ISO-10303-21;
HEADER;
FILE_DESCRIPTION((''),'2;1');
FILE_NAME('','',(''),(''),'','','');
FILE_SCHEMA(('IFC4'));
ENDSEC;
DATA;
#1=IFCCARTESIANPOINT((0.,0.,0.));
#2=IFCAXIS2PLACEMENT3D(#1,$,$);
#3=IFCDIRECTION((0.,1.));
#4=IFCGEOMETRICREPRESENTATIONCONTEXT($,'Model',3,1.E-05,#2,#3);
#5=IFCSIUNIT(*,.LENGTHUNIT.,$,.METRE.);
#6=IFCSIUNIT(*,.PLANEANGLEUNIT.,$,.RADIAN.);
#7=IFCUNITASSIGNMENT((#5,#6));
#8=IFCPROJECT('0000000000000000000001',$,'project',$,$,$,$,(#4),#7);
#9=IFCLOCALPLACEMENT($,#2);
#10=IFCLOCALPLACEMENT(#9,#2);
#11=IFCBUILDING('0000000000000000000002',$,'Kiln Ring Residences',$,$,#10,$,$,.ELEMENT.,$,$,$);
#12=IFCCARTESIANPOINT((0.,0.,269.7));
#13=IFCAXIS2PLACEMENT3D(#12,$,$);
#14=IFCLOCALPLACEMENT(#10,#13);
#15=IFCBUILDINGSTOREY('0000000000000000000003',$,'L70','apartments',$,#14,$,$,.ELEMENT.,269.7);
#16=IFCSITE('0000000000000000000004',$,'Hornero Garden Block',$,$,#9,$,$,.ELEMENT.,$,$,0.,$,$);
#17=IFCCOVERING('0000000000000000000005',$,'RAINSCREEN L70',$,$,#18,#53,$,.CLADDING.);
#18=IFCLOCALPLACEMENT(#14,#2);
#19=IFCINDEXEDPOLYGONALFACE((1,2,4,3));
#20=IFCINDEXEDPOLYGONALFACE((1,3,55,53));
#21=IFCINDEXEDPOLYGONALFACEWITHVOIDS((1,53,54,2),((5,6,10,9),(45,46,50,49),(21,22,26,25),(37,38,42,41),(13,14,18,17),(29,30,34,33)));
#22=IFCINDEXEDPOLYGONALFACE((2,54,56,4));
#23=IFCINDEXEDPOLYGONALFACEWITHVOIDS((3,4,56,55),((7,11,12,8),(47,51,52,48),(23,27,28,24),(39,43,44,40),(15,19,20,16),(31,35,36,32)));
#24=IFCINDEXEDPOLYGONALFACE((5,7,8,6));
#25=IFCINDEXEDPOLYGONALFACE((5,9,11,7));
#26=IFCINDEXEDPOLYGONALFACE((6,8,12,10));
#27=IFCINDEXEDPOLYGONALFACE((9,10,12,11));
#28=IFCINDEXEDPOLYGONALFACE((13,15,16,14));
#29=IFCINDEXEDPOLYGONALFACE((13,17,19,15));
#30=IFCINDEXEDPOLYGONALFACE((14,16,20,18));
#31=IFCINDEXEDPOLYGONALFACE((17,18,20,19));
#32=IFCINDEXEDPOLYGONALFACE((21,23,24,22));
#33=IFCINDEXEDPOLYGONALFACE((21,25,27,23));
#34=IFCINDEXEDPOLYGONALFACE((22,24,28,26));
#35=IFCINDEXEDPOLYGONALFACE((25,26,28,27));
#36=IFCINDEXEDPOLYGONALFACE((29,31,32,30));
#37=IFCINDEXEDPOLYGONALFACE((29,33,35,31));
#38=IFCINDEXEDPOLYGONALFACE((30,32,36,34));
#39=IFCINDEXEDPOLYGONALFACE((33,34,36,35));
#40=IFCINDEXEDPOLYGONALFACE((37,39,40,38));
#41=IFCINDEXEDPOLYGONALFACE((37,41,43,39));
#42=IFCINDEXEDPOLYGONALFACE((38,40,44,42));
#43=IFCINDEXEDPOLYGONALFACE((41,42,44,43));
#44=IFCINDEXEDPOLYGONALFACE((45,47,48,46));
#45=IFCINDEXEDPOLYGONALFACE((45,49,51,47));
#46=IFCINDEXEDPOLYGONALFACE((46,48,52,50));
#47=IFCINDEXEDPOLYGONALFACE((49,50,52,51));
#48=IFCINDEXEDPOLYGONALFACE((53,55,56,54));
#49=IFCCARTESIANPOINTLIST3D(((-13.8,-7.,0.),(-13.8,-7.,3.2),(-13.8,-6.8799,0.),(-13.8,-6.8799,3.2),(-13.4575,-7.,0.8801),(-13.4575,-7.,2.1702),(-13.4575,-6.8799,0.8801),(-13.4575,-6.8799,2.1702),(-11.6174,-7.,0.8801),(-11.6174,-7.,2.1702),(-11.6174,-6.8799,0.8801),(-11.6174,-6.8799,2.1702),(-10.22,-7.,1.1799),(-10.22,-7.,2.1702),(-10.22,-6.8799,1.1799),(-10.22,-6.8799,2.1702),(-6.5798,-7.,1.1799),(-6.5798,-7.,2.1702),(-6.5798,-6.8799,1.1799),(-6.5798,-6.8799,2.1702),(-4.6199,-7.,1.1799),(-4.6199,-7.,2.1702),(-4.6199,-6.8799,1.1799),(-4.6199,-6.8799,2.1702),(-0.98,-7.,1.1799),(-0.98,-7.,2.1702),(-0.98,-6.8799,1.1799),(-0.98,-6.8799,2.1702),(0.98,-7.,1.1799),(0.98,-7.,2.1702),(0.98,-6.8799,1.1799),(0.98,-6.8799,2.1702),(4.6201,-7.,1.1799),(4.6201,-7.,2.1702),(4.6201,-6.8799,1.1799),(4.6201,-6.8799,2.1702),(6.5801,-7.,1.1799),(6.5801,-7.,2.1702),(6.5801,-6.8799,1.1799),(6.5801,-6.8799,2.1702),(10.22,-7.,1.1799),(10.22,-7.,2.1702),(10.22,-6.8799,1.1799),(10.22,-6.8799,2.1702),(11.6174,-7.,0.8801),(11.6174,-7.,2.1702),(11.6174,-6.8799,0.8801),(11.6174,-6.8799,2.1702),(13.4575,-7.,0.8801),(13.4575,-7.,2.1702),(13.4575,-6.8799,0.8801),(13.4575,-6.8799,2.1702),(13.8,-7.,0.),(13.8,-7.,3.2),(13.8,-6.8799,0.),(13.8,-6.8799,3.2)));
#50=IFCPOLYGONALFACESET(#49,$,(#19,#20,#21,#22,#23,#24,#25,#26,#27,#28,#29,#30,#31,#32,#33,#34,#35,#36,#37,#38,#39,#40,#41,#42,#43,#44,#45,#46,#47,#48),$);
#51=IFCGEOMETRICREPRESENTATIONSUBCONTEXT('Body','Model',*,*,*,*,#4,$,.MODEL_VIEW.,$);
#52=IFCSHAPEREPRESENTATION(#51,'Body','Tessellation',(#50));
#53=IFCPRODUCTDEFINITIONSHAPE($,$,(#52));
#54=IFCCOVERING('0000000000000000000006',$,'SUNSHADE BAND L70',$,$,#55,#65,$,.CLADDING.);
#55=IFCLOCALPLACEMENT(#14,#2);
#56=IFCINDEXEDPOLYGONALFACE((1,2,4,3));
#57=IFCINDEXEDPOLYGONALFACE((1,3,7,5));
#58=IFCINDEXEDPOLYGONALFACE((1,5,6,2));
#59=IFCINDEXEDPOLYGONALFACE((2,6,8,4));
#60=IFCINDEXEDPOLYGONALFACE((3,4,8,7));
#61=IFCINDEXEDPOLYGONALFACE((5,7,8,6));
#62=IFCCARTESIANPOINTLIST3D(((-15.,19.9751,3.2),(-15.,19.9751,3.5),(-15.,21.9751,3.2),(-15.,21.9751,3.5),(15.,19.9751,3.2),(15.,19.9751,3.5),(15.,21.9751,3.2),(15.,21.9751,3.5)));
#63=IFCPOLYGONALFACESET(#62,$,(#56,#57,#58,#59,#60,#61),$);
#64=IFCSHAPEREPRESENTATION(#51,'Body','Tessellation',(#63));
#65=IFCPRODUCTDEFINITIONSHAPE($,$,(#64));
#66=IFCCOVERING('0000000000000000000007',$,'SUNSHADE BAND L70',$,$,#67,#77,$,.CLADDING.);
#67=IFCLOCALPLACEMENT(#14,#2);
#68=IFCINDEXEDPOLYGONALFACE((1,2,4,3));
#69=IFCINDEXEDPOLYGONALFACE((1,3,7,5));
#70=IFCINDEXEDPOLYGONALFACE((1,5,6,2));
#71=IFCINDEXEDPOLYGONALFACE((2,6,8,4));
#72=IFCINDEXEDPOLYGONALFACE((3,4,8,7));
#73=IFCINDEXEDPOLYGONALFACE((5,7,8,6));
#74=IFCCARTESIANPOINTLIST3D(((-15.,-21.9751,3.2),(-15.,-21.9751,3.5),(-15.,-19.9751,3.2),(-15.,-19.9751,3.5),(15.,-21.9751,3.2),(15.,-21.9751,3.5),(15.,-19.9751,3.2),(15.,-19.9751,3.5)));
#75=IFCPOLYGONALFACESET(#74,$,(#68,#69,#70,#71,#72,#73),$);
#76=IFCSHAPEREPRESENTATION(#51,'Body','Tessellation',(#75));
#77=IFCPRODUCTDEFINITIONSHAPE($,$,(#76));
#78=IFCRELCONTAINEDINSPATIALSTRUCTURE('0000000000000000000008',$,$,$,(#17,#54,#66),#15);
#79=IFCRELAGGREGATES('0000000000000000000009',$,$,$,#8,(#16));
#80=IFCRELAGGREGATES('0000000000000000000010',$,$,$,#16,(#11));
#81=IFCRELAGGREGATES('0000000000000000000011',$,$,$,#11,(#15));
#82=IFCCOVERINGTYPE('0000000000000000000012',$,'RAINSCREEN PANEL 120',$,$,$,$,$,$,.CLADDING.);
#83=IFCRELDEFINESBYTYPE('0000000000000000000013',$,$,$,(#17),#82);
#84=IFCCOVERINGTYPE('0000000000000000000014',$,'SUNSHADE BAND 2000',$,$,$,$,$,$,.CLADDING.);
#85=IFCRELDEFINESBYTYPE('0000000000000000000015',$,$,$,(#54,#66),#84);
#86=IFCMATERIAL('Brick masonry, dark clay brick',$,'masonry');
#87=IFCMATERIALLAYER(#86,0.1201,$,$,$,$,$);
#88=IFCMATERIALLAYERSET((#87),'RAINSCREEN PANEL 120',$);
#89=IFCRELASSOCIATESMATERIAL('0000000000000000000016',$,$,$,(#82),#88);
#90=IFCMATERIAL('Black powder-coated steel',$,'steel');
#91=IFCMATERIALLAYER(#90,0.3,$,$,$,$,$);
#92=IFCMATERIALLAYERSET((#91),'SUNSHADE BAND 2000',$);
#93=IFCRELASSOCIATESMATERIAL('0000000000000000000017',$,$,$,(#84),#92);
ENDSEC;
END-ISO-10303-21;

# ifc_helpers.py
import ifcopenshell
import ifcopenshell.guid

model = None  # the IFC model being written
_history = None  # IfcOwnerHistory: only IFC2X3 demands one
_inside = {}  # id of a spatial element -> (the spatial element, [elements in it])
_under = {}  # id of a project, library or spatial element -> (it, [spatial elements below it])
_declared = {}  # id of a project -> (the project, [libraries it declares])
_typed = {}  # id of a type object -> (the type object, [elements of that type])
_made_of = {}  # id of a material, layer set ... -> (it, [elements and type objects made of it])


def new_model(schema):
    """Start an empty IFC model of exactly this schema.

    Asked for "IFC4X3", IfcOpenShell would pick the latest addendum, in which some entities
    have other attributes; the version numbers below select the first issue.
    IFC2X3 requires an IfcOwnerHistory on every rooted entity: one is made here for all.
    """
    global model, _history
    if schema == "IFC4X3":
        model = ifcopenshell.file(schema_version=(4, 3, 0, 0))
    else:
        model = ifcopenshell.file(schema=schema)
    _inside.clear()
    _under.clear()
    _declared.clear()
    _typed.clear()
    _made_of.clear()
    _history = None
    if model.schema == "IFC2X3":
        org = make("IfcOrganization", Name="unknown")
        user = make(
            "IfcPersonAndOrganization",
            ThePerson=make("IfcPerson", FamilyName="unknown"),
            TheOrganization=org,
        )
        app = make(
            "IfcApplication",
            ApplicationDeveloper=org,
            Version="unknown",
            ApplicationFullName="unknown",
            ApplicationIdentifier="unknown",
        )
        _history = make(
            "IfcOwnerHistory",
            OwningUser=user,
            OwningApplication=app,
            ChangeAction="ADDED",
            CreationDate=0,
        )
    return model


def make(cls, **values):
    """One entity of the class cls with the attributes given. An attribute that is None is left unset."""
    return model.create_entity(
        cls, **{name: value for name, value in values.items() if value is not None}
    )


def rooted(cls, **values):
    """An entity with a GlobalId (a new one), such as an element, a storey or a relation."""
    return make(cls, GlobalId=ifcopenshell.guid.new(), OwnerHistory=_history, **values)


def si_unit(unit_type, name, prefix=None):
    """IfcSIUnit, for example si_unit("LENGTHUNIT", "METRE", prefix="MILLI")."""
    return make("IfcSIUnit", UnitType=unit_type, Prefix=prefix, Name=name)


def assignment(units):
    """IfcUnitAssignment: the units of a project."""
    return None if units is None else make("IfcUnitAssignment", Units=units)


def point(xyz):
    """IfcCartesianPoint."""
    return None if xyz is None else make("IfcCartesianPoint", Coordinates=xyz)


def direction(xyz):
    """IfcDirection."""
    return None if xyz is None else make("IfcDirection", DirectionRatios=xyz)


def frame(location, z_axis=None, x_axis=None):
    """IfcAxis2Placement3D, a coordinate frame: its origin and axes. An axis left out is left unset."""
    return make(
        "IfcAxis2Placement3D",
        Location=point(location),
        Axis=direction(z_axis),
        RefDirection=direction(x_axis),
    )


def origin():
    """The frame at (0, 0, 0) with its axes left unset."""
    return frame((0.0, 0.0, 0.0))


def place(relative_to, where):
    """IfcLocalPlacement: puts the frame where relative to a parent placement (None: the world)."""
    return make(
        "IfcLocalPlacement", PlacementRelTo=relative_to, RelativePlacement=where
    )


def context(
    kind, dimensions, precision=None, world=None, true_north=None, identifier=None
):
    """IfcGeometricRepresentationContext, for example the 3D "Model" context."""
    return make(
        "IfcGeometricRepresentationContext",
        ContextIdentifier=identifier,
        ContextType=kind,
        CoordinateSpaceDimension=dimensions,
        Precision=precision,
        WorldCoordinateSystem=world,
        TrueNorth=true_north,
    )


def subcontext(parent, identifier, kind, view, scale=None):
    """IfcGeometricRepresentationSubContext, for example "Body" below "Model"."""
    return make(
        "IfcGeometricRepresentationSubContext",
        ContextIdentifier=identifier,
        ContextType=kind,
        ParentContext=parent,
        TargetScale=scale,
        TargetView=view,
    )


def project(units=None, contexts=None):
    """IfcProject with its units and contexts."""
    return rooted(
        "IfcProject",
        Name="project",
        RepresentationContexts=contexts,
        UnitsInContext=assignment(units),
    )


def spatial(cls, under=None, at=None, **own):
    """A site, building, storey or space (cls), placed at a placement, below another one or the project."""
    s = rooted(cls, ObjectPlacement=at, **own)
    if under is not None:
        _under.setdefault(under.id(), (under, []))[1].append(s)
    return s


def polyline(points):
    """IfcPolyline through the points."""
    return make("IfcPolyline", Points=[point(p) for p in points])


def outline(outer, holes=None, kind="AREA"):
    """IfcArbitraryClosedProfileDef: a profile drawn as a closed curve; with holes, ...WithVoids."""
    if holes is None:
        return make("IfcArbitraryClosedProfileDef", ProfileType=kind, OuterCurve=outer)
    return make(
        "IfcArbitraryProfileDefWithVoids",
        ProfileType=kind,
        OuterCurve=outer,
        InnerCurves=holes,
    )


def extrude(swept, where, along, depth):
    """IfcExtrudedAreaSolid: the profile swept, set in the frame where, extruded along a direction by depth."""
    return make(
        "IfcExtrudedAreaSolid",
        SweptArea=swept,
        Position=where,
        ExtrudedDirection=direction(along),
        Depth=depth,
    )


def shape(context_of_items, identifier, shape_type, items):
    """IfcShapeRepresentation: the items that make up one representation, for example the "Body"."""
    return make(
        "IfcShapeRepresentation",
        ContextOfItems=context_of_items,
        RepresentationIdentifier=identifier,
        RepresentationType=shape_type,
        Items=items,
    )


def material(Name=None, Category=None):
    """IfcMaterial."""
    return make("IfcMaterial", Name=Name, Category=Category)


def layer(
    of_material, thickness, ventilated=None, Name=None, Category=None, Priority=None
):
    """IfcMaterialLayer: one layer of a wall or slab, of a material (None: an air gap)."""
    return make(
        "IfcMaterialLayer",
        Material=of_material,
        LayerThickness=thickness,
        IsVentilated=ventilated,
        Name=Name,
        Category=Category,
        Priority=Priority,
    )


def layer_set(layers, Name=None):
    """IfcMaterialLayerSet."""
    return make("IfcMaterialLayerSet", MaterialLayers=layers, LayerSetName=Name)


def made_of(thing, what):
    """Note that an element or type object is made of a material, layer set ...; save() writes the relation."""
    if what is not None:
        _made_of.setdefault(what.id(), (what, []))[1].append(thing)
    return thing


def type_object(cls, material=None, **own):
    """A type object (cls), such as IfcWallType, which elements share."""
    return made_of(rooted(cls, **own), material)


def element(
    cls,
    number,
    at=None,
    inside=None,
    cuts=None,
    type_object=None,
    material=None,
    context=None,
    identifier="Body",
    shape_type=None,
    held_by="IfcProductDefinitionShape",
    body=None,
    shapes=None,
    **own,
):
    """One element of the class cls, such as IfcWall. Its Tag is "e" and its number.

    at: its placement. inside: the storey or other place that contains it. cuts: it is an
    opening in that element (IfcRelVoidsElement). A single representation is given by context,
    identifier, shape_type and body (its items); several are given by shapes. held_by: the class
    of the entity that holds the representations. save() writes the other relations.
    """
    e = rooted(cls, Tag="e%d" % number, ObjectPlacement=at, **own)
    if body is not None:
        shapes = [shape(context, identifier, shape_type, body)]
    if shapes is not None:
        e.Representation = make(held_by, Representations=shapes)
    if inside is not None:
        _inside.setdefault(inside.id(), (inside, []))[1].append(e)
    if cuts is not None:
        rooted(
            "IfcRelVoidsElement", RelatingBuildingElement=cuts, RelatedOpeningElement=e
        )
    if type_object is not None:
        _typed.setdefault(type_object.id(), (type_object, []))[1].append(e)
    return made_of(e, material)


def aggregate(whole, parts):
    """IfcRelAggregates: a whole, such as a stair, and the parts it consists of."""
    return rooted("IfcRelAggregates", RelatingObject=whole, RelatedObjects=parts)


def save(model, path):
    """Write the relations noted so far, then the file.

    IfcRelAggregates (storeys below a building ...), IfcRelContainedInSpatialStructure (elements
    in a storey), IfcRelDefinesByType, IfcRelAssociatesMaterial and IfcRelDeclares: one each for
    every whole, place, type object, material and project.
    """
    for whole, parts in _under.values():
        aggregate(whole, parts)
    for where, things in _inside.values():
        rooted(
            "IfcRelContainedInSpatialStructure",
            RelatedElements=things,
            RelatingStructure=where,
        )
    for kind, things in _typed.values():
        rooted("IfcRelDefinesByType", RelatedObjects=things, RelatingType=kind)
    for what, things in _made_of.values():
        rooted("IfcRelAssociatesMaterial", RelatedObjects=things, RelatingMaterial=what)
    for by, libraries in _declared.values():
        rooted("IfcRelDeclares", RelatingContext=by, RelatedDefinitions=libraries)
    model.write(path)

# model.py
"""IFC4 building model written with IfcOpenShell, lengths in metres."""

from ifc_helpers import new_model, si_unit, direction, frame, origin, place, context, subcontext, project, spatial, polyline, outline, extrude, material, layer, layer_set, type_object, element, save


model = new_model("IFC4")

# Units and contexts
model_context = context("Model", 3, precision=1e-05, world=origin(), true_north=direction((0.0, 1.0)))
body_context = subcontext(model_context, "Body", "Model", "MODEL_VIEW")
ifc_project = project(units=[si_unit("LENGTHUNIT", "METRE"), si_unit("PLANEANGLEUNIT", "RADIAN")], contexts=[model_context])

# Site, building, storey
site_placement = place(None, origin())
site = spatial("IfcSite", under=ifc_project, at=site_placement, Name="Hornero Garden Block", CompositionType="ELEMENT", RefElevation=0.0)
building_placement = place(site_placement, origin())
building = spatial("IfcBuilding", under=site, at=building_placement, Name="Kiln Ring Residences", CompositionType="ELEMENT")
storey_placement = place(building_placement, frame((0.0, 0.0, 269.7)))
storey = spatial("IfcBuildingStorey", under=building, at=storey_placement, Name="L70", Description="apartments", CompositionType="ELEMENT", Elevation=269.7)

# Coverings
ifc_material_1 = material(Name="Brick masonry, dark clay brick", Category="masonry")
ifc_layer_1 = layer(ifc_material_1, 0.1201)
ifc_layer_set_1 = layer_set([ifc_layer_1], Name="RAINSCREEN PANEL 120")
covering_type_1 = type_object("IfcCoveringType", Name="RAINSCREEN PANEL 120", PredefinedType="CLADDING", material=ifc_layer_set_1)
covering_1_placement = place(storey_placement, frame((13.8, -6.9399, 0.0), z_axis=(0.0, 0.0, 1.0), x_axis=(-1.0, 0.0, 0.0)))
element("IfcCovering", 1, at=covering_1_placement, inside=storey, type_object=covering_type_1, Name="RAINSCREEN L70", PredefinedType="CLADDING", context=body_context, shape_type="SweptSolid", body=[
    extrude(outline(polyline([(0.0, 0.0), (27.6001, 0.0), (27.6001, 3.2), (0.0, 3.2), (0.0, 0.0)]), holes=[polyline([(2.1826, 0.8801), (2.1826, 2.1702), (0.3425, 2.1702), (0.3425, 0.8801), (2.1826, 0.8801)]), polyline([(25.4175, 0.8801), (27.2576, 0.8801), (27.2576, 2.1702), (25.4175, 2.1702), (25.4175, 0.8801)]), polyline([(3.5801, 1.1799), (7.22, 1.1799), (7.22, 2.1702), (3.5801, 2.1702), (3.5801, 1.1799)]), polyline([(12.8201, 1.1799), (12.8201, 2.1702), (9.1799, 2.1702), (9.1799, 1.1799), (12.8201, 1.1799)]), polyline([(14.78, 1.1799), (18.4199, 1.1799), (18.4199, 2.1702), (14.78, 2.1702), (14.78, 1.1799)]), polyline([(20.3799, 1.1799), (24.02, 1.1799), (24.02, 2.1702), (20.3799, 2.1702), (20.3799, 1.1799)])]), frame((0.0, 0.0601, 0.0), z_axis=(0.0, -1.0, 0.0), x_axis=(1.0, 0.0, 0.0)), (0.0, 0.0, 1.0), 0.1201),
])
ifc_material_2 = material(Name="Black powder-coated steel", Category="steel")
ifc_layer_2 = layer(ifc_material_2, 0.3)
ifc_layer_set_2 = layer_set([ifc_layer_2], Name="SUNSHADE BAND 2000")
covering_type_2 = type_object("IfcCoveringType", Name="SUNSHADE BAND 2000", PredefinedType="CLADDING", material=ifc_layer_set_2)
placement_1 = place(storey_placement, frame((0.0, 0.0, 3.2)))
element("IfcCovering", 2, at=placement_1, inside=storey, type_object=covering_type_2, Name="SUNSHADE BAND L70", PredefinedType="CLADDING", context=body_context, shape_type="SweptSolid", body=[
    extrude(outline(polyline([(15.0, 21.9751), (-15.0, 21.9751), (-15.0, 19.9751), (15.0, 19.9751), (15.0, 21.9751)])), origin(), (0.0, 0.0, 1.0), 0.3),
])
element("IfcCovering", 3, at=placement_1, inside=storey, type_object=covering_type_2, Name="SUNSHADE BAND L70", PredefinedType="CLADDING", context=body_context, shape_type="SweptSolid", body=[
    extrude(outline(polyline([(-15.0, -21.9751), (15.0, -21.9751), (15.0, -19.9751), (-15.0, -19.9751), (-15.0, -21.9751)])), origin(), (0.0, 0.0, 1.0), 0.3),
])

save(model, "model.ifc")
